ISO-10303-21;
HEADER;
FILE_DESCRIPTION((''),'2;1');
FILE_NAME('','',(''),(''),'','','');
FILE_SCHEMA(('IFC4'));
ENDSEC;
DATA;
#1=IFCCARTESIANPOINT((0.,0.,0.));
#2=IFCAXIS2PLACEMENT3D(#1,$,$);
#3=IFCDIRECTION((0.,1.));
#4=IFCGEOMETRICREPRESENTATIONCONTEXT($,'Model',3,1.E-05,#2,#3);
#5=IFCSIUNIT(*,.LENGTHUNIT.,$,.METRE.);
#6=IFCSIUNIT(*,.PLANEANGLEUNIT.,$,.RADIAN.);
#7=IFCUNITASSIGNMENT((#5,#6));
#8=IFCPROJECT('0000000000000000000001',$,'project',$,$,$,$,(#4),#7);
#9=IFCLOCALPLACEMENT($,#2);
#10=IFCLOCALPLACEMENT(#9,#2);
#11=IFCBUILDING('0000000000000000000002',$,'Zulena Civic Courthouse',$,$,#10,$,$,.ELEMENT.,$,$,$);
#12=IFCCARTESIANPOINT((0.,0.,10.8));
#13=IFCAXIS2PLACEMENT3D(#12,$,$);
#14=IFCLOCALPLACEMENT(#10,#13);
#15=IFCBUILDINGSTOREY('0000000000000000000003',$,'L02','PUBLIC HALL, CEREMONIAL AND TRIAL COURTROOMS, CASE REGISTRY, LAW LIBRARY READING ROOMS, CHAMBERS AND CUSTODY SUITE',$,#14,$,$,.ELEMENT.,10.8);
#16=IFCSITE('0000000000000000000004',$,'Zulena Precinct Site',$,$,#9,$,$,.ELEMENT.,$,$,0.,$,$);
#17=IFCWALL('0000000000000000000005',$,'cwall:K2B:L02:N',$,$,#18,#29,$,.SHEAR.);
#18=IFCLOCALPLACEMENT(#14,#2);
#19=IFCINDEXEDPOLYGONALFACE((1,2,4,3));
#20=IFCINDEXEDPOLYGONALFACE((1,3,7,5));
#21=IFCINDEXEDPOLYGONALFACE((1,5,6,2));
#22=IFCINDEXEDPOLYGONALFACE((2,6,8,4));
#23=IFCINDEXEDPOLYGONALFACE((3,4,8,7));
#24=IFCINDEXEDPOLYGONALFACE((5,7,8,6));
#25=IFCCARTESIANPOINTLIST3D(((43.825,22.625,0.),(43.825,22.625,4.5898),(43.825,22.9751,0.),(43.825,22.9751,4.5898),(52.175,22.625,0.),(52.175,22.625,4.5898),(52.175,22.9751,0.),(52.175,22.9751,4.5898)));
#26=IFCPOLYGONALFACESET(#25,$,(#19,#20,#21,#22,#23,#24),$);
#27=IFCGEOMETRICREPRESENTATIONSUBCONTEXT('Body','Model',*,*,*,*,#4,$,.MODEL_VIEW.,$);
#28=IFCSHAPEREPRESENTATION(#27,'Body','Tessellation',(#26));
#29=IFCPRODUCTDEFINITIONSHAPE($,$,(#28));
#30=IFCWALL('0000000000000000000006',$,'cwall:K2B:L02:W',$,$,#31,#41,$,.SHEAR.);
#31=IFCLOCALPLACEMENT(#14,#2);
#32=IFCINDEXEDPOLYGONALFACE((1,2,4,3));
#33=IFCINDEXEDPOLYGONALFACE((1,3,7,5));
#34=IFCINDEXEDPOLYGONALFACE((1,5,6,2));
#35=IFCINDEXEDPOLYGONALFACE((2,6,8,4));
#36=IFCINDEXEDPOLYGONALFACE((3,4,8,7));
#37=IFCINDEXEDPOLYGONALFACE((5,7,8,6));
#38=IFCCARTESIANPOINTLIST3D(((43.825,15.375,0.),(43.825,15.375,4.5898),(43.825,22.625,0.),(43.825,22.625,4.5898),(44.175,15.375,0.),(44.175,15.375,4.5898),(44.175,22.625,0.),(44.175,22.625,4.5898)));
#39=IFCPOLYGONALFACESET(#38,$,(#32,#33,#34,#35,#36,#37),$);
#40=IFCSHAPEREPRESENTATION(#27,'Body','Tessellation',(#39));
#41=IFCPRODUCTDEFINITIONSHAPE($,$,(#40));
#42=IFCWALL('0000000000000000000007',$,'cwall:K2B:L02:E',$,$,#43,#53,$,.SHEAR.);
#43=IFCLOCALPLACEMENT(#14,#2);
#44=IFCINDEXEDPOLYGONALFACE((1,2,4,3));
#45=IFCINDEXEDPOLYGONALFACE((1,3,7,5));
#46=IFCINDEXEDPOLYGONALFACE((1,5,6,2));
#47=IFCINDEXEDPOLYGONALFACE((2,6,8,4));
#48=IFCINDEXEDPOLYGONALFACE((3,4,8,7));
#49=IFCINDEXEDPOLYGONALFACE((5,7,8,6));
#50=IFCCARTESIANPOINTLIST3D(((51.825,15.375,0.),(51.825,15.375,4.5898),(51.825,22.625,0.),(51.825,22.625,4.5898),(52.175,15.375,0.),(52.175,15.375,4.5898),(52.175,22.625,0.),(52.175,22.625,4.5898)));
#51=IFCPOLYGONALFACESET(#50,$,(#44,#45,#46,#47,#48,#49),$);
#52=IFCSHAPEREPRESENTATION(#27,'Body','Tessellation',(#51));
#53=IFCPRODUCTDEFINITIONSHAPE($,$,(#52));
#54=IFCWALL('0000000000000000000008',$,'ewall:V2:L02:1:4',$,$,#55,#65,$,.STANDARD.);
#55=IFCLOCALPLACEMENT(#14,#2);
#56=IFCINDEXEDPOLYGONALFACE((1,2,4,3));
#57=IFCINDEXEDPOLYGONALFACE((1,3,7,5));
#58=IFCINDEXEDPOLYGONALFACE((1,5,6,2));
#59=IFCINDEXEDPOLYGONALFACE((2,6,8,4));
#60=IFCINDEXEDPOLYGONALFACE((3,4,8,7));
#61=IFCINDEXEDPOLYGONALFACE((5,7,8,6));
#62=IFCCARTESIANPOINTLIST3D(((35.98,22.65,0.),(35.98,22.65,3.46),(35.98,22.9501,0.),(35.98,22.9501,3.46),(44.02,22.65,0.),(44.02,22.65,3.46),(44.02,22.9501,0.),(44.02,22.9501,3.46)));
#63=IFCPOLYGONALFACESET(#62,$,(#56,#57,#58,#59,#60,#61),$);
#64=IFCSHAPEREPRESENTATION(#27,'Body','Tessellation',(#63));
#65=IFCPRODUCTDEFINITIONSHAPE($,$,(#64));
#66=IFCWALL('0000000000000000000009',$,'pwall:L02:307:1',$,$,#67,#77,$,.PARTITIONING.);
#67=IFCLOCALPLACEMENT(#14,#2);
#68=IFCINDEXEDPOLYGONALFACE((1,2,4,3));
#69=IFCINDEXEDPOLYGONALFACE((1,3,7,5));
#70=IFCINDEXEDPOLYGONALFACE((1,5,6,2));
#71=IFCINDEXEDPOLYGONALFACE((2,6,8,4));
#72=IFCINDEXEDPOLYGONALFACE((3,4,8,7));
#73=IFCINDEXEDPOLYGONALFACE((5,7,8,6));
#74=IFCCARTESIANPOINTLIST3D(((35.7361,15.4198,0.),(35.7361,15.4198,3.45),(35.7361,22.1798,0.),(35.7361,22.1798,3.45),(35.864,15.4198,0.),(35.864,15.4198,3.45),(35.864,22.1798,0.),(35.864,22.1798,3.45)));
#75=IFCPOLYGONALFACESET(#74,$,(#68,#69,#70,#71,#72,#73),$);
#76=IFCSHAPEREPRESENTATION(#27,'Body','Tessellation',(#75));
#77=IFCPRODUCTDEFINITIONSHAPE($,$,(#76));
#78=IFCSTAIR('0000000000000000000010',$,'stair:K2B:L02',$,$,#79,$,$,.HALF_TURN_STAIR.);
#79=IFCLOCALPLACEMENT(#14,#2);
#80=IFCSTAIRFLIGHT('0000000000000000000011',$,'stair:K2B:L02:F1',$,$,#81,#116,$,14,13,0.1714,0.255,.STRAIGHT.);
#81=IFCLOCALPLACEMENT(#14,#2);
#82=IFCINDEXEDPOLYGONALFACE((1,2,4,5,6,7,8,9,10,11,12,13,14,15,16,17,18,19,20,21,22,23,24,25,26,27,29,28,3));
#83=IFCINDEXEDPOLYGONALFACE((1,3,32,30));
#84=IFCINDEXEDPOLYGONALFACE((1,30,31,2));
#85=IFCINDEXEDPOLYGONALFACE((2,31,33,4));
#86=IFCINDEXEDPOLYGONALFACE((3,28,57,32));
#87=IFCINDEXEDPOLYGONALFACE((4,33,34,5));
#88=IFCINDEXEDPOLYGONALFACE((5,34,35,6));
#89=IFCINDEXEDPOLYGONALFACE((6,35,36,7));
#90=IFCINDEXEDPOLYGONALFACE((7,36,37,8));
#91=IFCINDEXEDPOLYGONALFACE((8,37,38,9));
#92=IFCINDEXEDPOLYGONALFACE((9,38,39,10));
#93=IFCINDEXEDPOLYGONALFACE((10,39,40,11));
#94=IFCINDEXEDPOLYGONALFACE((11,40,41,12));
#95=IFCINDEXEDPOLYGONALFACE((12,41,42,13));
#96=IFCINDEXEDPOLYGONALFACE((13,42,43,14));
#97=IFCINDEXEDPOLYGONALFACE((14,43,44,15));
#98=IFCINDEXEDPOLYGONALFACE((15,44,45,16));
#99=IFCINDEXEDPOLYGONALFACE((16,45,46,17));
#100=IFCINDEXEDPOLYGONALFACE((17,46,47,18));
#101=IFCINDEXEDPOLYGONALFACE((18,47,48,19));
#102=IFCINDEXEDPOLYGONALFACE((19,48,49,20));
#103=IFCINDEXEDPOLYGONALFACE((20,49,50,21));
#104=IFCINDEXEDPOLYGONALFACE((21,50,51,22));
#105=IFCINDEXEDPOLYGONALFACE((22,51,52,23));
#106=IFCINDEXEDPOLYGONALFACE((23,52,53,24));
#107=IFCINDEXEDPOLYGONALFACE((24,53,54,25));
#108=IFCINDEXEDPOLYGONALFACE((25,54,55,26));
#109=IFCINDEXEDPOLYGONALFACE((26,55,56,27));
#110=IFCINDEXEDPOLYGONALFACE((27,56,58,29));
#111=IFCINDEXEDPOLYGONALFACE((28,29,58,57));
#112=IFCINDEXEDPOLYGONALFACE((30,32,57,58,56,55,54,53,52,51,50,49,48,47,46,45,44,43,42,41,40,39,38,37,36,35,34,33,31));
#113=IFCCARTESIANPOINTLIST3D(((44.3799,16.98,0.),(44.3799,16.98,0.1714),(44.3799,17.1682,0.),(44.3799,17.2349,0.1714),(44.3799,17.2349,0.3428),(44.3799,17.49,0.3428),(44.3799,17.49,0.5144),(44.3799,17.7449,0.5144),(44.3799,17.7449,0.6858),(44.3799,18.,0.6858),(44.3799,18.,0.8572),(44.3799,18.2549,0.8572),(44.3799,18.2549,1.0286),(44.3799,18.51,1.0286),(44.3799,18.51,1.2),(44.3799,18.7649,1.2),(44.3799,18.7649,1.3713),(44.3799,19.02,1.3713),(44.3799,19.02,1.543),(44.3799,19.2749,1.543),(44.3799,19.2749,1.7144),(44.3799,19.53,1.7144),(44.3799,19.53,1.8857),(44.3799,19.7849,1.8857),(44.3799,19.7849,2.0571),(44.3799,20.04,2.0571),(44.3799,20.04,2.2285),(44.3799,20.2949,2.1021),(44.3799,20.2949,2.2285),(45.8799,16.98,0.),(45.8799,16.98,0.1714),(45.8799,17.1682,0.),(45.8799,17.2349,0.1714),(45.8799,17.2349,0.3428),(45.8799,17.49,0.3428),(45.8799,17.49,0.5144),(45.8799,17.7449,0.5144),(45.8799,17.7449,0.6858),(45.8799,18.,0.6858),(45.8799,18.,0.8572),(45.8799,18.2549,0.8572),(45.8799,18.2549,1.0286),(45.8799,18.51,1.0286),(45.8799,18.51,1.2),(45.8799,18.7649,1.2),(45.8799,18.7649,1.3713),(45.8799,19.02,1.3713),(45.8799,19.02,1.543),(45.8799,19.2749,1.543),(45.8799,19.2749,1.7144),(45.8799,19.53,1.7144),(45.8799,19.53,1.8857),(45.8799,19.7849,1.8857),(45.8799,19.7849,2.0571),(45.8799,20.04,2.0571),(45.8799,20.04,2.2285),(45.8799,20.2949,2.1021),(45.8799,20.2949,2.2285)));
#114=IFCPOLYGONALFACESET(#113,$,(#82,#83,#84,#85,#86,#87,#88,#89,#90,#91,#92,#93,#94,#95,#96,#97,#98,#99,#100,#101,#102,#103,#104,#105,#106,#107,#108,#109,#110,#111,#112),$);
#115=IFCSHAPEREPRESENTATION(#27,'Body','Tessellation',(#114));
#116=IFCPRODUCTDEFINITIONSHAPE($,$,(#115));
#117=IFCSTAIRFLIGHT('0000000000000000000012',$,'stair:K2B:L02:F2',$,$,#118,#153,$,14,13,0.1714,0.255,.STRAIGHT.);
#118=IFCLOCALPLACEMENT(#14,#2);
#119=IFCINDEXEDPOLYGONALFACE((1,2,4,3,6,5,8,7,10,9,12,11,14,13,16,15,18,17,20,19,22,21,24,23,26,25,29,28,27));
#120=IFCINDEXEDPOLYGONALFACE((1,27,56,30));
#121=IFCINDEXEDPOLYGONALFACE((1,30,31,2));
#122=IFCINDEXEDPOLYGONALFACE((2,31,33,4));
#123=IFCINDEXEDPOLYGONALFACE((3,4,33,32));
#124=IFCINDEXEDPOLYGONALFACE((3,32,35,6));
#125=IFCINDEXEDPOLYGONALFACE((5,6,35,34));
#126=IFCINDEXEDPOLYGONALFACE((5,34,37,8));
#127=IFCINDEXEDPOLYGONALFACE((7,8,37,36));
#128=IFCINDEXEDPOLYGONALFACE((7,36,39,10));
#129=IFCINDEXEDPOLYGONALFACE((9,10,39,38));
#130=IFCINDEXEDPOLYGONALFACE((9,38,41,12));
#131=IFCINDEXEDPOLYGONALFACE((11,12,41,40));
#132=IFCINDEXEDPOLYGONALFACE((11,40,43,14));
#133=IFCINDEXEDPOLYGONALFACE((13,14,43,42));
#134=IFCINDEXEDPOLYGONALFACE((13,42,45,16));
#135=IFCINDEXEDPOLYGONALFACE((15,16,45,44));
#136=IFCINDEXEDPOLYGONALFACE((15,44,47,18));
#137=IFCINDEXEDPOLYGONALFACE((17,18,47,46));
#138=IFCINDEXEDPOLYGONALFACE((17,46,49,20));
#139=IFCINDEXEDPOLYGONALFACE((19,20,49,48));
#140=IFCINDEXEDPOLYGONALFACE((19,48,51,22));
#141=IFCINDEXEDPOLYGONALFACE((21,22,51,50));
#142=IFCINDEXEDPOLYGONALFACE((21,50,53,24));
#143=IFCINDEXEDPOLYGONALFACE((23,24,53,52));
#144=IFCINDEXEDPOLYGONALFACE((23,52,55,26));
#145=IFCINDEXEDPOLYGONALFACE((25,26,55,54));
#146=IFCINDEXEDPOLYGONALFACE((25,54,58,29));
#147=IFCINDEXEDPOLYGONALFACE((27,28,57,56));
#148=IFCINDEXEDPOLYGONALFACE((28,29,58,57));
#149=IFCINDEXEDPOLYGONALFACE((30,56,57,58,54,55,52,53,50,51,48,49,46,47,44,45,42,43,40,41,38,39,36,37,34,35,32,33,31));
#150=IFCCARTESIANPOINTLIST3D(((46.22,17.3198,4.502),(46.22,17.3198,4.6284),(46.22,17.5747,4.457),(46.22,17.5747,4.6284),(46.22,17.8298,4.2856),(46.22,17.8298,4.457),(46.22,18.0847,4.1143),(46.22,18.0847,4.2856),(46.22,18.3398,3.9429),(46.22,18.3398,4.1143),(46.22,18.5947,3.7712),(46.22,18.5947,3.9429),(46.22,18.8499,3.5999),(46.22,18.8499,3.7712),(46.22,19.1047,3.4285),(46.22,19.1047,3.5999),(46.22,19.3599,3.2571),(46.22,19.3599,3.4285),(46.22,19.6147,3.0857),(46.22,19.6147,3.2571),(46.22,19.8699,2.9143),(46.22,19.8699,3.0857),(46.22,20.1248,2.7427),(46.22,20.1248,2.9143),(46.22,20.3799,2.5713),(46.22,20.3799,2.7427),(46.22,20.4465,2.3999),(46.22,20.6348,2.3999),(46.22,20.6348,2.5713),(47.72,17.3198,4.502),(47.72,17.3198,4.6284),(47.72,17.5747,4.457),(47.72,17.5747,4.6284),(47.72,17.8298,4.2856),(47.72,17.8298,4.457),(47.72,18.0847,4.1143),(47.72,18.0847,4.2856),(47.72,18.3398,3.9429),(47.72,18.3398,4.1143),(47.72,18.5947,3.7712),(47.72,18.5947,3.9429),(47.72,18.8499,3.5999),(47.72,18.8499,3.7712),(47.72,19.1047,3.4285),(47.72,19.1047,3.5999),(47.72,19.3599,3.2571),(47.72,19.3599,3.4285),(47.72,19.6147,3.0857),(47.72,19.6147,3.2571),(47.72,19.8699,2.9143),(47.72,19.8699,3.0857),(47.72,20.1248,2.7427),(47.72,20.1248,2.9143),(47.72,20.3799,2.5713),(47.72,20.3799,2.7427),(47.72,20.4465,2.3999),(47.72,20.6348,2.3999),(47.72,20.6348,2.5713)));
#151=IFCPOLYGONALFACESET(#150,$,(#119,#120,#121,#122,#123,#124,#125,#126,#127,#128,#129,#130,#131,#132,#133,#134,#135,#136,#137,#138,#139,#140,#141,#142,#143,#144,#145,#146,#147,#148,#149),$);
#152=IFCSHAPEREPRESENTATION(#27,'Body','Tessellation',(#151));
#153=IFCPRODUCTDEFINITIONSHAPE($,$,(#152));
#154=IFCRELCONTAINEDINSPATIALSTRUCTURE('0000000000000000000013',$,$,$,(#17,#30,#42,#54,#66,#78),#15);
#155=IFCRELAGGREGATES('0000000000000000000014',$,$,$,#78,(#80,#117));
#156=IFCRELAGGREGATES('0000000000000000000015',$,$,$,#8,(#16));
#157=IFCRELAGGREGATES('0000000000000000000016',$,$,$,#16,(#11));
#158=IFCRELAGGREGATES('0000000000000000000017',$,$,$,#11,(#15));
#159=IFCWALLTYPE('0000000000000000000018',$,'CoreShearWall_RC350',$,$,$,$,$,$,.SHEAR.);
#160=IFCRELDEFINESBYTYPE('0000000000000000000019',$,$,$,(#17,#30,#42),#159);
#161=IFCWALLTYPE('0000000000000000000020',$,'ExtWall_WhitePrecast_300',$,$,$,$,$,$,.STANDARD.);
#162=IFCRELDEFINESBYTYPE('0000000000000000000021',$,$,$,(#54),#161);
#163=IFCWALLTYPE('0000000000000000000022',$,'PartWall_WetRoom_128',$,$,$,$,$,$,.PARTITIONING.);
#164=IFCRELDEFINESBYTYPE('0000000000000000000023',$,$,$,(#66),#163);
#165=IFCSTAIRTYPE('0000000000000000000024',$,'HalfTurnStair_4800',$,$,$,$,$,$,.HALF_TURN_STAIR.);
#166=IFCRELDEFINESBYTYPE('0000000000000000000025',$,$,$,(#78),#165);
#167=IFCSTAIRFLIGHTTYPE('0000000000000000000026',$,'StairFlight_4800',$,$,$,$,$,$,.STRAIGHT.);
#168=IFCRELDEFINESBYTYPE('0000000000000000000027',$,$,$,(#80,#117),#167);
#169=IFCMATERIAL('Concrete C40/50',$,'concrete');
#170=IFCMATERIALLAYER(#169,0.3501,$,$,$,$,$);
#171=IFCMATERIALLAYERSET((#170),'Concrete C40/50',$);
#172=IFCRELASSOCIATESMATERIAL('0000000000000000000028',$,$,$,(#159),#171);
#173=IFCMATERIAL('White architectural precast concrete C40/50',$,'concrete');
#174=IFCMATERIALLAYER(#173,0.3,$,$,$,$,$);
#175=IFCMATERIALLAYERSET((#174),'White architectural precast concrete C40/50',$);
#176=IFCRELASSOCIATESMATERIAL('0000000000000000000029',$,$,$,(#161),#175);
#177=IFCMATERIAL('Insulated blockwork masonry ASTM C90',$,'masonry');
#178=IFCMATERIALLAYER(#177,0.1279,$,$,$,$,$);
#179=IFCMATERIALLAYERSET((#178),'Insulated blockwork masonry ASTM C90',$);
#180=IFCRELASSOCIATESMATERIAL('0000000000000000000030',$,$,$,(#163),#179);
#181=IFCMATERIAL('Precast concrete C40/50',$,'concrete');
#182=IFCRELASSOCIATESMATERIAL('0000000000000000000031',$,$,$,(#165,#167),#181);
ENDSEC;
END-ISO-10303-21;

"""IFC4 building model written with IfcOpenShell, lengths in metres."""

from ifc_helpers import new_model, si_unit, direction, frame, frame_2d, origin, place, context, subcontext, project, spatial, polyline, rectangle, outline, extrude, material, layer, layer_set, type_object, element, aggregate, save


model = new_model("IFC4")

# Units and contexts
model_context = context("Model", 3, precision=1e-05, world=origin(), true_north=direction((0.0, 1.0)))
body_context = subcontext(model_context, "Body", "Model", "MODEL_VIEW")
ifc_project = project(units=[si_unit("LENGTHUNIT", "METRE"), si_unit("PLANEANGLEUNIT", "RADIAN")], contexts=[model_context])

# Site, building, storey
site_placement = place(None, origin())
site = spatial("IfcSite", under=ifc_project, at=site_placement, Name="Zulena Precinct Site", CompositionType="ELEMENT", RefElevation=0.0)
building_placement = place(site_placement, origin())
building = spatial("IfcBuilding", under=site, at=building_placement, Name="Zulena Civic Courthouse", CompositionType="ELEMENT")
storey_placement = place(building_placement, frame((0.0, 0.0, 10.8)))
storey = spatial("IfcBuildingStorey", under=building, at=storey_placement, Name="L02", Description="PUBLIC HALL, CEREMONIAL AND TRIAL COURTROOMS, CASE REGISTRY, LAW LIBRARY READING ROOMS, CHAMBERS AND CUSTODY SUITE", CompositionType="ELEMENT", Elevation=10.8)

# Shared definitions
ifc_material_1 = material(Name="Concrete C40/50", Category="concrete")

# Walls
ifc_layer_1 = layer(ifc_material_1, 0.3501)
ifc_layer_set_1 = layer_set([ifc_layer_1], Name="Concrete C40/50")
wall_type_1 = type_object("IfcWallType", Name="CoreShearWall_RC350", PredefinedType="SHEAR", material=ifc_layer_set_1)
wall_1_placement = place(storey_placement, frame((43.825, 22.8, 0.0), z_axis=(0.0, 0.0, 1.0), x_axis=(1.0, 0.0, 0.0)))
element("IfcWall", 1, at=wall_1_placement, inside=storey, type_object=wall_type_1, Name="cwall:K2B:L02:N", PredefinedType="SHEAR", context=body_context, shape_type="SweptSolid", body=[
    extrude(rectangle(XDim=8.3501, YDim=0.3501, at=frame_2d((4.175, 0.0))), origin(), (0.0, 0.0, 1.0), 4.5898),
])
for number, where, z_axis, x_axis, name in (
    (2, (44.0, 15.375, 0.0), (0.0, 0.0, 1.0), (0.0, 1.0, 0.0), "cwall:K2B:L02:W"),
    (3, (52.0, 15.375, 0.0), (0.0, 0.0, 1.0), (0.0, 1.0, 0.0), "cwall:K2B:L02:E"),
):
    element("IfcWall", number, at=place(storey_placement, frame(where, z_axis=z_axis, x_axis=x_axis)), inside=storey, type_object=wall_type_1, Name=name, PredefinedType="SHEAR", context=body_context, shape_type="SweptSolid", body=[
        extrude(rectangle(XDim=7.25, YDim=0.3501, at=frame_2d((3.625, 0.0))), origin(), (0.0, 0.0, 1.0), 4.5898),
    ])
ifc_material_2 = material(Name="White architectural precast concrete C40/50", Category="concrete")
ifc_layer_2 = layer(ifc_material_2, 0.3)
ifc_layer_set_2 = layer_set([ifc_layer_2], Name="White architectural precast concrete C40/50")
wall_type_2 = type_object("IfcWallType", Name="ExtWall_WhitePrecast_300", PredefinedType="STANDARD", material=ifc_layer_set_2)
wall_2_placement = place(storey_placement, frame((35.98, 22.8, 0.0), z_axis=(0.0, 0.0, 1.0), x_axis=(1.0, 0.0, 0.0)))
element("IfcWall", 4, at=wall_2_placement, inside=storey, type_object=wall_type_2, Name="ewall:V2:L02:1:4", PredefinedType="STANDARD", context=body_context, shape_type="SweptSolid", body=[
    extrude(rectangle(XDim=8.04, YDim=0.3, at=frame_2d((4.02, 0.0))), origin(), (0.0, 0.0, 1.0), 3.46),
])
ifc_material_3 = material(Name="Insulated blockwork masonry ASTM C90", Category="masonry")
ifc_layer_3 = layer(ifc_material_3, 0.1279)
ifc_layer_set_3 = layer_set([ifc_layer_3], Name="Insulated blockwork masonry ASTM C90")
wall_type_3 = type_object("IfcWallType", Name="PartWall_WetRoom_128", PredefinedType="PARTITIONING", material=ifc_layer_set_3)
wall_3_placement = place(storey_placement, frame((35.8, 15.4199, 0.0), z_axis=(0.0, 0.0, 1.0), x_axis=(0.0, 1.0, 0.0)))
element("IfcWall", 5, at=wall_3_placement, inside=storey, type_object=wall_type_3, Name="pwall:L02:307:1", PredefinedType="PARTITIONING", context=body_context, shape_type="SweptSolid", body=[
    extrude(rectangle(XDim=6.76, YDim=0.1279, at=frame_2d((3.3799, 0.0))), origin(), (0.0, 0.0, 1.0), 3.45),
])

# Stair, stair flights
ifc_material_4 = material(Name="Precast concrete C40/50", Category="concrete")
stair_type = type_object("IfcStairType", Name="HalfTurnStair_4800", PredefinedType="HALF_TURN_STAIR", material=ifc_material_4)
stair_placement = place(storey_placement, origin())
stair = element("IfcStair", 6, at=stair_placement, inside=storey, type_object=stair_type, Name="stair:K2B:L02", PredefinedType="HALF_TURN_STAIR")
stair_flight_type = type_object("IfcStairFlightType", Name="StairFlight_4800", PredefinedType="STRAIGHT", material=ifc_material_4)
stair_flight_1_placement = place(storey_placement, frame((45.1299, 16.98, 0.0), z_axis=(0.0, 0.0, 1.0), x_axis=(0.0, 1.0, 0.0)))
stair_flight_1 = element("IfcStairFlight", 7, at=stair_flight_1_placement, type_object=stair_flight_type, Name="stair:K2B:L02:F1", NumberOfRisers=14, NumberOfTreads=13, PredefinedType="STRAIGHT", RiserHeight=0.1714, TreadLength=0.255, context=body_context, shape_type="SweptSolid", body=[
    extrude(outline(polyline([(0.0, 0.0), (0.0, 0.1714), (0.2549, 0.1714), (0.2549, 0.3428), (0.51, 0.3428), (0.51, 0.5144), (0.7649, 0.5144), (0.7649, 0.6858), (1.02, 0.6858), (1.02, 0.8572), (1.2749, 0.8572), (1.2749, 1.0286), (1.53, 1.0286), (1.53, 1.2), (1.7849, 1.2), (1.7849, 1.3713), (2.04, 1.3713), (2.04, 1.543), (2.2949, 1.543), (2.2949, 1.7144), (2.55, 1.7144), (2.55, 1.8857), (2.8049, 1.8857), (2.8049, 2.0571), (3.0601, 2.0571), (3.0601, 2.2285), (3.3149, 2.2285), (3.3149, 2.3999), (3.3149, 2.1021), (0.1882, 0.0), (0.0, 0.0)])), frame((0.0, 0.75, 0.0), z_axis=(0.0, -1.0, 0.0), x_axis=(1.0, 0.0, 0.0)), (0.0, 0.0, 1.0), 1.5),
])
stair_flight_2_placement = place(storey_placement, frame((46.97, 20.6348, 2.3999), z_axis=(0.0, 0.0, 1.0), x_axis=(0.0, -1.0, 0.0)))
stair_flight_2 = element("IfcStairFlight", 8, at=stair_flight_2_placement, type_object=stair_flight_type, Name="stair:K2B:L02:F2", NumberOfRisers=14, NumberOfTreads=13, PredefinedType="STRAIGHT", RiserHeight=0.1714, TreadLength=0.255, context=body_context, shape_type="SweptSolid", body=[
    extrude(outline(polyline([(0.0, 0.0), (0.0, 0.1714), (0.2549, 0.1714), (0.2549, 0.3428), (0.51, 0.3428), (0.51, 0.5144), (0.7649, 0.5144), (0.7649, 0.6858), (1.02, 0.6858), (1.02, 0.8572), (1.2749, 0.8572), (1.2749, 1.0286), (1.53, 1.0286), (1.53, 1.2), (1.7849, 1.2), (1.7849, 1.3713), (2.04, 1.3713), (2.04, 1.543), (2.2949, 1.543), (2.2949, 1.7144), (2.55, 1.7144), (2.55, 1.8857), (2.8049, 1.8857), (2.8049, 2.0571), (3.0601, 2.0571), (3.0601, 2.2285), (3.3149, 2.2285), (3.3149, 2.3999), (3.3149, 2.1021), (0.1882, 0.0), (0.0, 0.0)])), frame((0.0, 0.75, 0.0), z_axis=(0.0, -1.0, 0.0), x_axis=(1.0, 0.0, 0.0)), (0.0, 0.0, 1.0), 1.5),
])
aggregate(stair, [stair_flight_1, stair_flight_2])

save(model, "model.ifc")
